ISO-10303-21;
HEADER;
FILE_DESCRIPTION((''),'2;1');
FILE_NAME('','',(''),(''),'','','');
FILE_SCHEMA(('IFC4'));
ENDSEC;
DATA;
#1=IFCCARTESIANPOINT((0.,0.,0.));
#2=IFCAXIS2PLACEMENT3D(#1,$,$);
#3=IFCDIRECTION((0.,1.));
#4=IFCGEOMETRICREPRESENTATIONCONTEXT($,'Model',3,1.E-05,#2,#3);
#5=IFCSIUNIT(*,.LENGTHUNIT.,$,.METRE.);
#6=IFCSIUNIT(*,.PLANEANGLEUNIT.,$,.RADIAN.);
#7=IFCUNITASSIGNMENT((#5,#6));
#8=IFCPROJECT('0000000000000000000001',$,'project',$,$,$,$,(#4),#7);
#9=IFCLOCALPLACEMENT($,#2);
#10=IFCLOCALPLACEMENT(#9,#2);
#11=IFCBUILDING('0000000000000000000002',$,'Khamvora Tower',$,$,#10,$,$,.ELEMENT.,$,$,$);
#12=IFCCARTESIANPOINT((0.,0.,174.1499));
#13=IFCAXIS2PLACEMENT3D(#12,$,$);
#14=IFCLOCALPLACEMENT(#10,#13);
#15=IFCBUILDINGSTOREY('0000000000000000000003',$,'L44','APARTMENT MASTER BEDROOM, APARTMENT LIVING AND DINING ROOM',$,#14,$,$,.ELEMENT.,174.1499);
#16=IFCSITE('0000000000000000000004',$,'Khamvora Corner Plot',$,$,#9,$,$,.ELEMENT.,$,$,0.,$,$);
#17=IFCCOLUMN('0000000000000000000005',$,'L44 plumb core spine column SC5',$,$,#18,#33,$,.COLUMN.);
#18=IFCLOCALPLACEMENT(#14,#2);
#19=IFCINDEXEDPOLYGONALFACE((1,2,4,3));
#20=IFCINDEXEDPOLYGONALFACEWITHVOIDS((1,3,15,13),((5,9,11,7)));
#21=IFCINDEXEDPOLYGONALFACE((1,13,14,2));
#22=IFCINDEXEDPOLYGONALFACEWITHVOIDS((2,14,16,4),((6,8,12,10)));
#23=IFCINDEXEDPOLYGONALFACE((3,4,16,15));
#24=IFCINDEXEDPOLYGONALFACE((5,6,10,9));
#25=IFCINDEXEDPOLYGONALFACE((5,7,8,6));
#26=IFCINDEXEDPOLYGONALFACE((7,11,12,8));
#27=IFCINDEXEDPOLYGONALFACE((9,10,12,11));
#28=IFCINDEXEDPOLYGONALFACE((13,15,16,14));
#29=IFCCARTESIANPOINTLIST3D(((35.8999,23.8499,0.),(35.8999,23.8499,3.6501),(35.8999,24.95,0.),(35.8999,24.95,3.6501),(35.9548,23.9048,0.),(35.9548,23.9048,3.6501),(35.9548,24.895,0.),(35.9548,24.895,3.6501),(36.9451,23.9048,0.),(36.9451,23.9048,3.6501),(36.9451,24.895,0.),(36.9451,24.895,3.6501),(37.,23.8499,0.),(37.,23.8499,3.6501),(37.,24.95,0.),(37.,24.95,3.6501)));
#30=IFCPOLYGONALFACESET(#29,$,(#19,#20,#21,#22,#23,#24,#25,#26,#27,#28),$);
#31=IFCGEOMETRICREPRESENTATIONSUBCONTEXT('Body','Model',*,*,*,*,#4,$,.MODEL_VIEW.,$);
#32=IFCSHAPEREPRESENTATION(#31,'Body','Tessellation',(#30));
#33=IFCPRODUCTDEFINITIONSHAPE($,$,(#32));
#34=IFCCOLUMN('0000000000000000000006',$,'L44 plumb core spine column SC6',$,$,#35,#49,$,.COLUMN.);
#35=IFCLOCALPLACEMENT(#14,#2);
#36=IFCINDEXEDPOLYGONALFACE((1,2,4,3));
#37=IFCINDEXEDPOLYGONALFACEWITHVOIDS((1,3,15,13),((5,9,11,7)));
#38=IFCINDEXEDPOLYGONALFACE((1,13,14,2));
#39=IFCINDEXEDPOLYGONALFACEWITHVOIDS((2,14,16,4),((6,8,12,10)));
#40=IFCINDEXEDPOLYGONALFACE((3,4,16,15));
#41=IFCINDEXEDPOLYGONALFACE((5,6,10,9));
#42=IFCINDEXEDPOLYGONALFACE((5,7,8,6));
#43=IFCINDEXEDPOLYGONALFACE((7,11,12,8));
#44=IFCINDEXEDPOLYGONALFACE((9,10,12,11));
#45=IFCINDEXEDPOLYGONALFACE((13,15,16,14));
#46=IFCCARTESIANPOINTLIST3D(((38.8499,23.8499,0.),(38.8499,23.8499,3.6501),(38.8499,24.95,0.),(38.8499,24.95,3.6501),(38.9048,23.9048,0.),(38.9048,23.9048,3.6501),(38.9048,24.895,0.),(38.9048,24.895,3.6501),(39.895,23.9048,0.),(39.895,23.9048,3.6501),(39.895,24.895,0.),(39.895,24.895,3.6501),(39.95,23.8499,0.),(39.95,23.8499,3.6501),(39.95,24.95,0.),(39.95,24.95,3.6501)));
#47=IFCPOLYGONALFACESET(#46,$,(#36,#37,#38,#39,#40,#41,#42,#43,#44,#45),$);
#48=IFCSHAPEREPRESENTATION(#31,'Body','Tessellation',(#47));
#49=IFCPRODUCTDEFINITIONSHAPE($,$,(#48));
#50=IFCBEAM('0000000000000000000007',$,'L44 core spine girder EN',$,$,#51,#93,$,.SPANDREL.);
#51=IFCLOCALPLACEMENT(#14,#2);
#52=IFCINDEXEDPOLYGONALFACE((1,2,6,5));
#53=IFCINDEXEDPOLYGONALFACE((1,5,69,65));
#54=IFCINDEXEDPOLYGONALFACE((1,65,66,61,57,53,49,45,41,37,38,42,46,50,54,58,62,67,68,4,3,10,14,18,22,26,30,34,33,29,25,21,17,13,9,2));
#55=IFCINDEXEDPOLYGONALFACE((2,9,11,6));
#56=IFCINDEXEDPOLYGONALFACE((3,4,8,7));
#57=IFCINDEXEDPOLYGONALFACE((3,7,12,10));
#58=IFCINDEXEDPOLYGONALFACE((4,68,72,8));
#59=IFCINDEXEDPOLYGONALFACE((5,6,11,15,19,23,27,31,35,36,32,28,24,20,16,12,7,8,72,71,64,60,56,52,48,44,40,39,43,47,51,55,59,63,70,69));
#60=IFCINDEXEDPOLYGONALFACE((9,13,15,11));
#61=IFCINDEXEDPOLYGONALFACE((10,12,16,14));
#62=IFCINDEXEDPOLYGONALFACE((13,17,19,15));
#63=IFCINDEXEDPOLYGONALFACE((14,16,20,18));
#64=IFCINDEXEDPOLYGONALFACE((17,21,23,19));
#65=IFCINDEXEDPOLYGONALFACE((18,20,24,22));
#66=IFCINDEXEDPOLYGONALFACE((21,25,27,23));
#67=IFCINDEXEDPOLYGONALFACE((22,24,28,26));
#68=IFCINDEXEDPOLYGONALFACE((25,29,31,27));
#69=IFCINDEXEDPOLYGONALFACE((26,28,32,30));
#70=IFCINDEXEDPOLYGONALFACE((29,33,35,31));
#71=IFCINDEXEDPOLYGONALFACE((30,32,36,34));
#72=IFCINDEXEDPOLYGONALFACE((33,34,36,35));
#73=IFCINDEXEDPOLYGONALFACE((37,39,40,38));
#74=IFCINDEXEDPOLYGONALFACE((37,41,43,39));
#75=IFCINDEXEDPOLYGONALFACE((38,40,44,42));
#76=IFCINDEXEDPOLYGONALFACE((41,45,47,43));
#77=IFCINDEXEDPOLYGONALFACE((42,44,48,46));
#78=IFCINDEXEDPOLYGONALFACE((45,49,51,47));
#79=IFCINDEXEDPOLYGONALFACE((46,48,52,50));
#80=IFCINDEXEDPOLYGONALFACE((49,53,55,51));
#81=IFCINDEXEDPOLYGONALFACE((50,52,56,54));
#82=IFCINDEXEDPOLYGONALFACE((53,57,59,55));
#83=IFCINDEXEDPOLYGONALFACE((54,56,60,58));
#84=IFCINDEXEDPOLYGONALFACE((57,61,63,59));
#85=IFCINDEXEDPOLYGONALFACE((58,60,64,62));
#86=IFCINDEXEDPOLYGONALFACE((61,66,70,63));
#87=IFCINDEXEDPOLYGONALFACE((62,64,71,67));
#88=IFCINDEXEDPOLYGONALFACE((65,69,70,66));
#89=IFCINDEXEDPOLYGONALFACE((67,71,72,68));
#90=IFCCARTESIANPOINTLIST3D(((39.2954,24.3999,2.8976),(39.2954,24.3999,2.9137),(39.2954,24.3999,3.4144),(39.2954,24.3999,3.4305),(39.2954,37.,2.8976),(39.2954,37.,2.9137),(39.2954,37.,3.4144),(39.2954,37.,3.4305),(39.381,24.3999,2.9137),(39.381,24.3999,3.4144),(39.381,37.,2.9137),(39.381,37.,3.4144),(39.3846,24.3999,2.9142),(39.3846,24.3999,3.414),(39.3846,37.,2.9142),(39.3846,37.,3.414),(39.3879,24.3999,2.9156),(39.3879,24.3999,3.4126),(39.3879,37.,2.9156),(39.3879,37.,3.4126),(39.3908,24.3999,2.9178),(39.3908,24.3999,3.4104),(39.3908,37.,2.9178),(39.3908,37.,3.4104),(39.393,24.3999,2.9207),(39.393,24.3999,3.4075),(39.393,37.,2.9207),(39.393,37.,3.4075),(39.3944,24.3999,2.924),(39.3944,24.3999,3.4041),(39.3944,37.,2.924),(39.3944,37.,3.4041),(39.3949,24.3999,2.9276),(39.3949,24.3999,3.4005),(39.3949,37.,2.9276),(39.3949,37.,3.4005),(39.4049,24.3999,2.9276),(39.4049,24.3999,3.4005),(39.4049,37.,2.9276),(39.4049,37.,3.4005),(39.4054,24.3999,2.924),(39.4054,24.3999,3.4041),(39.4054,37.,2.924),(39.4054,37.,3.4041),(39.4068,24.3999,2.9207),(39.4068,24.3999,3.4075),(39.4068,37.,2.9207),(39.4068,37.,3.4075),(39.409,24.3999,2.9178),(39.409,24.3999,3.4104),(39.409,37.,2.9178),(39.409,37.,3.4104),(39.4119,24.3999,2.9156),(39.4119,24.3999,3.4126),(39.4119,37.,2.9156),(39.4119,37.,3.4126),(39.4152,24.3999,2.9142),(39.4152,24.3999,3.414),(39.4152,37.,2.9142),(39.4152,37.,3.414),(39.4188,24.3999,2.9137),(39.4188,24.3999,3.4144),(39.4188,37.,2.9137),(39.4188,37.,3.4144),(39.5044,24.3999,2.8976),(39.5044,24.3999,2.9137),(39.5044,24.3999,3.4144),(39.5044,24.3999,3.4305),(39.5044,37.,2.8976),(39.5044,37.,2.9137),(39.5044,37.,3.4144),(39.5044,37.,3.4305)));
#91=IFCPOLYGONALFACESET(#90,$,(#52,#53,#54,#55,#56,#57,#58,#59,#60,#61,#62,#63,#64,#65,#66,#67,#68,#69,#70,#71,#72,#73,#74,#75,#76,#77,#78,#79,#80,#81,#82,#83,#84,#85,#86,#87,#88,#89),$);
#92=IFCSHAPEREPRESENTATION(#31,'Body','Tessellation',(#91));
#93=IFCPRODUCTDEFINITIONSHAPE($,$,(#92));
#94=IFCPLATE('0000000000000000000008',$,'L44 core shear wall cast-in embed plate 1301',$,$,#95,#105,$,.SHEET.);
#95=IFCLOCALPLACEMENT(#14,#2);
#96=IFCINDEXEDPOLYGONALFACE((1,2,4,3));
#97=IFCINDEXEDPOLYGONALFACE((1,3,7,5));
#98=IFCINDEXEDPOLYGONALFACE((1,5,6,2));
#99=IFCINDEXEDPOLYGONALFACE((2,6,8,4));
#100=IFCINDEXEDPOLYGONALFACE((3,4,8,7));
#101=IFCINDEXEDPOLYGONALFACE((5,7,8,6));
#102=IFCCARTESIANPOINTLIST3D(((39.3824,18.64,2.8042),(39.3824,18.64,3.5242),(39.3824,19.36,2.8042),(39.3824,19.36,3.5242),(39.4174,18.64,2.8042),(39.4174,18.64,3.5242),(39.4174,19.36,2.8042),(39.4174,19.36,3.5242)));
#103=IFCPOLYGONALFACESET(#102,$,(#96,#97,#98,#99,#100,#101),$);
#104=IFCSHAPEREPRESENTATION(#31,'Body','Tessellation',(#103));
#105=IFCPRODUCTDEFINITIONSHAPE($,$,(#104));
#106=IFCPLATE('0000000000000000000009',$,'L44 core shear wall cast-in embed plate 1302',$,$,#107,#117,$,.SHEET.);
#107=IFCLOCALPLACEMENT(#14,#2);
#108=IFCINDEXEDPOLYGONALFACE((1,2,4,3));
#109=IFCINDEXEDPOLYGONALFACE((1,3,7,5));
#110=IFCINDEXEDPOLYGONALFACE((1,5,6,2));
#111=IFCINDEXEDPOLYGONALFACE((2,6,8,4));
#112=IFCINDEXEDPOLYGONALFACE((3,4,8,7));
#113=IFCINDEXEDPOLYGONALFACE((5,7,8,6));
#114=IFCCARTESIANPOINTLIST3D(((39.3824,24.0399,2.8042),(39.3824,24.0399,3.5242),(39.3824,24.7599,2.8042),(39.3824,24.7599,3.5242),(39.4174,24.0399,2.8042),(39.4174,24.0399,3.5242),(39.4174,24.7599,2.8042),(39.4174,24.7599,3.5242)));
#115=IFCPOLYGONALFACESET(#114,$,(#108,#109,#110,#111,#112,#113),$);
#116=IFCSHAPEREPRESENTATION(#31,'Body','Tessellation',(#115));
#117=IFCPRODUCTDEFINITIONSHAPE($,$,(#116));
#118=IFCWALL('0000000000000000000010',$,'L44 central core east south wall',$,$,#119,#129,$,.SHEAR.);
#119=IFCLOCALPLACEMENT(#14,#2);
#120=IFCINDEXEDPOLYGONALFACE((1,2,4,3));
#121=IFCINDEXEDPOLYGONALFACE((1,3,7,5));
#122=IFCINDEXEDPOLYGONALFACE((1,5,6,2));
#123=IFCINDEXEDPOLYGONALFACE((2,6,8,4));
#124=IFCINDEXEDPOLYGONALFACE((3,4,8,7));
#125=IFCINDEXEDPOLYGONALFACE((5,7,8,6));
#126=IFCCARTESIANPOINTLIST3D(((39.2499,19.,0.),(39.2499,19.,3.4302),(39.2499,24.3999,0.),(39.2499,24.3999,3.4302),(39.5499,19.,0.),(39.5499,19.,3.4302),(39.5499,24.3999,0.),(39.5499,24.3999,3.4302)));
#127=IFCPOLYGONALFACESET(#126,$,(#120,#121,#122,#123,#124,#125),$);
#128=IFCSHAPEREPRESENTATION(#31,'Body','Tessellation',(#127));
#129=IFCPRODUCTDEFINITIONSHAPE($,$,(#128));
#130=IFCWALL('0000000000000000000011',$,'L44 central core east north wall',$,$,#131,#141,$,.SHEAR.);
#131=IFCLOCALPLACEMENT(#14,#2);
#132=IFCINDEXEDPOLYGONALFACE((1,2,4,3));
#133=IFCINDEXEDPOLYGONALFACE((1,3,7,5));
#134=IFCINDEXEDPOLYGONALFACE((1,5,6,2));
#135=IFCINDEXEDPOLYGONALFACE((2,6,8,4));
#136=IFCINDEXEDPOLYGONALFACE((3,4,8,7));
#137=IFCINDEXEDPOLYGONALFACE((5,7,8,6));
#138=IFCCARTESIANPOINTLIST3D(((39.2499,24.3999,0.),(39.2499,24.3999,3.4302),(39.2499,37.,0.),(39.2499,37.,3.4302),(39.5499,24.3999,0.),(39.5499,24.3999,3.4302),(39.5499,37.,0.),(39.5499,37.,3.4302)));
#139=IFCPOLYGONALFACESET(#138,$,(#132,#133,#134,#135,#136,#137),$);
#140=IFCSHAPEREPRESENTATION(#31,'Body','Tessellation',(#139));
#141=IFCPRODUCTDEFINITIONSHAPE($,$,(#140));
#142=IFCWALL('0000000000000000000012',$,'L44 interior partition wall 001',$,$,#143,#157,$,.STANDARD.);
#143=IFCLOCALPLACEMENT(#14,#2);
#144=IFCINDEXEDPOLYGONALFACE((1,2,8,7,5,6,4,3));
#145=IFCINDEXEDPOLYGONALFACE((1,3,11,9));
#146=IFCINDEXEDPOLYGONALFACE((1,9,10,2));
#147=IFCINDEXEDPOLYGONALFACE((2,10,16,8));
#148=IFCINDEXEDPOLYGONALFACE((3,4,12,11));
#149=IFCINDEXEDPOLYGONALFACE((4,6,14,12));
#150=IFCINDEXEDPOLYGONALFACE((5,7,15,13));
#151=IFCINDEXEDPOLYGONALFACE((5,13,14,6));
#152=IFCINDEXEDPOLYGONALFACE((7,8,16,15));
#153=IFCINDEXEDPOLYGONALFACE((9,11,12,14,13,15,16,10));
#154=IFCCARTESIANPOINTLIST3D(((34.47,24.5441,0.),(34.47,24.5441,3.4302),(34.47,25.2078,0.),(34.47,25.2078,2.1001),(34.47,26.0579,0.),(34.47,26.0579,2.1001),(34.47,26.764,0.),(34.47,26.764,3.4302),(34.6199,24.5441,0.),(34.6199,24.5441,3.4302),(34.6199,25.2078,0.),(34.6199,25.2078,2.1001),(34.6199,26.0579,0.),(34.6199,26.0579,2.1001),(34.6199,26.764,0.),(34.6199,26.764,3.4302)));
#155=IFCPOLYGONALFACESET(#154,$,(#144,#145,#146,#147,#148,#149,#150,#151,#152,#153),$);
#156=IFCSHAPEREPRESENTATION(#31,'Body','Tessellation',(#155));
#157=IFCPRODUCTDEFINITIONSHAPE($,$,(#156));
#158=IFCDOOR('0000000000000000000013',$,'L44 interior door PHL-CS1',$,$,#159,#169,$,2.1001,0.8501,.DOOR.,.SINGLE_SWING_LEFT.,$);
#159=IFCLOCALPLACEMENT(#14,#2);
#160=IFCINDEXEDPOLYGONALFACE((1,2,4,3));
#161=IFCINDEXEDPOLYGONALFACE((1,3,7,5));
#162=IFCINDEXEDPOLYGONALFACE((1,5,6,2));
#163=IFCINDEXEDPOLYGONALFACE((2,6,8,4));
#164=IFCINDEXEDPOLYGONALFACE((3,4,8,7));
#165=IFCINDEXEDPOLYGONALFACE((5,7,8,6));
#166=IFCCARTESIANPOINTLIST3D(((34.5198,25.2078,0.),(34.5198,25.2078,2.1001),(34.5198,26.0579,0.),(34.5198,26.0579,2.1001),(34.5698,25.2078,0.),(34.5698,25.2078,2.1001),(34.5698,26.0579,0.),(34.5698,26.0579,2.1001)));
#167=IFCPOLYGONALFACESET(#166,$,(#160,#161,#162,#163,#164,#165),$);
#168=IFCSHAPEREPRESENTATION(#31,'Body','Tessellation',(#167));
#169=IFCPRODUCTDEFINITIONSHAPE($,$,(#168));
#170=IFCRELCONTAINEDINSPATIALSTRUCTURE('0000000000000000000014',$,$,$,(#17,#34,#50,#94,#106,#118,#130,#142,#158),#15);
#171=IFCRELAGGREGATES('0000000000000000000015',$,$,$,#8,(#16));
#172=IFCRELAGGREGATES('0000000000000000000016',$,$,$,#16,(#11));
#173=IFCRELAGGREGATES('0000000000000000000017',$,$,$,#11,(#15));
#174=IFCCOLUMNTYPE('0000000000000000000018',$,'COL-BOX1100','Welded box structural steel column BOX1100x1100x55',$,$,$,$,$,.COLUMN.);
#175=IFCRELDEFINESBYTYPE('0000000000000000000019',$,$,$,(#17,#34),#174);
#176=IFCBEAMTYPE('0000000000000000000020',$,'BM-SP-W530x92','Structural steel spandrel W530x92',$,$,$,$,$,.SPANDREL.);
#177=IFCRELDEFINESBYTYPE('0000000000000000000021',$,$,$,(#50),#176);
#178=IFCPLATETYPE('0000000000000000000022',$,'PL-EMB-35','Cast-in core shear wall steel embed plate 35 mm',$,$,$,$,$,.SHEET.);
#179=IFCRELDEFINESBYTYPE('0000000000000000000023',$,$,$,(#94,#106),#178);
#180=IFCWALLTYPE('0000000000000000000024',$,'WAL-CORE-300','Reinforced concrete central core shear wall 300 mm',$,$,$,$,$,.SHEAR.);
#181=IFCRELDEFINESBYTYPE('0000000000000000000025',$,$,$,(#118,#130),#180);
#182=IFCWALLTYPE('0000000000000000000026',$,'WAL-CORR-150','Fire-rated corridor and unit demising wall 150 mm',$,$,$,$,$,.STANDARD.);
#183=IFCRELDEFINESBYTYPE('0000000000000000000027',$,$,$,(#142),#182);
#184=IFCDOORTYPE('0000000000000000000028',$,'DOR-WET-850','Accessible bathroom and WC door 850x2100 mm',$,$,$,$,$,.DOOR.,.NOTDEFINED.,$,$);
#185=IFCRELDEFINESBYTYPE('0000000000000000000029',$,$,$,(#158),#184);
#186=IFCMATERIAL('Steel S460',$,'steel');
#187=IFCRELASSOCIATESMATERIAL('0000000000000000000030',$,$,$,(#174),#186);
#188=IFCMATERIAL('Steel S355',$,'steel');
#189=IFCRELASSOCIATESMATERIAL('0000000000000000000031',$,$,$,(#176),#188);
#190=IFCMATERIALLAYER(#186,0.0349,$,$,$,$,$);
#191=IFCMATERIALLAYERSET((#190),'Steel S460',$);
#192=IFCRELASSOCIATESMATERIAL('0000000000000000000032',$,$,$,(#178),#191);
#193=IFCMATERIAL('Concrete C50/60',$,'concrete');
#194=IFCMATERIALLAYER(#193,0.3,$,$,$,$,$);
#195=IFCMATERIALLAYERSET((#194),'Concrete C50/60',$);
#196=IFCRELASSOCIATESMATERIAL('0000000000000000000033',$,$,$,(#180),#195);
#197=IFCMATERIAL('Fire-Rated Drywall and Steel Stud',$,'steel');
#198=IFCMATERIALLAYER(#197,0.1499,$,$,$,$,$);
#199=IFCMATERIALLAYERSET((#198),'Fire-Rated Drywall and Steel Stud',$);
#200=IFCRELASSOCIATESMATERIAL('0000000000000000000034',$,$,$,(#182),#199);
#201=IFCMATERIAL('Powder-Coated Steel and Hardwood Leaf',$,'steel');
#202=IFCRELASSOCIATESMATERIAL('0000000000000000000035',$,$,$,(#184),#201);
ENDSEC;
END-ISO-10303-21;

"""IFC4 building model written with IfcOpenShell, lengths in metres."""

from ifc_helpers import new_model, si_unit, direction, frame, frame_2d, origin, origin_2d, place, context, subcontext, project, spatial, rectangle, hollow_rectangle, i_section, extrude, material, layer, layer_set, material_profile, profile_set, type_object, element, fill, save


model = new_model("IFC4")

# Units and contexts
model_context = context("Model", 3, precision=1e-05, world=origin(), true_north=direction((0.0, 1.0)))
body_context = subcontext(model_context, "Body", "Model", "MODEL_VIEW")
ifc_project = project(units=[si_unit("LENGTHUNIT", "METRE"), si_unit("PLANEANGLEUNIT", "RADIAN")], contexts=[model_context])

# Site, building, storey
site_placement = place(None, origin())
site = spatial("IfcSite", under=ifc_project, at=site_placement, Name="Khamvora Corner Plot", CompositionType="ELEMENT", RefElevation=0.0)
building_placement = place(site_placement, origin())
building = spatial("IfcBuilding", under=site, at=building_placement, Name="Khamvora Tower", CompositionType="ELEMENT")
storey_placement = place(building_placement, frame((0.0, 0.0, 174.1499)))
storey = spatial("IfcBuildingStorey", under=building, at=storey_placement, Name="L44", Description="APARTMENT MASTER BEDROOM, APARTMENT LIVING AND DINING ROOM", CompositionType="ELEMENT", Elevation=174.1499)

# Columns
ifc_material_1 = material(Name="Steel S460", Category="steel")
ifc_material_profile_1 = material_profile(ifc_material_1, hollow_rectangle(XDim=1.1001, YDim=1.1001, WallThickness=0.0549, at=origin_2d()), Name="BOX1100x1100x55")
ifc_profile_set_1 = profile_set([ifc_material_profile_1], Name="Steel S460")
column_type = type_object("IfcColumnType", Name="COL-BOX1100", Description="Welded box structural steel column BOX1100x1100x55", PredefinedType="COLUMN", material=ifc_profile_set_1)
for number, where, z_axis, x_axis, name in (
    (1, (36.45, 24.3999, 0.0), (0.0, 0.0, 1.0), (1.0, 0.0, 0.0), "L44 plumb core spine column SC5"),
    (2, (39.3999, 24.3999, 0.0), (0.0, 0.0, 1.0), (1.0, 0.0, 0.0), "L44 plumb core spine column SC6"),
):
    element("IfcColumn", number, at=place(storey_placement, frame(where, z_axis=z_axis, x_axis=x_axis)), inside=storey, type_object=column_type, Name=name, PredefinedType="COLUMN", context=body_context, shape_type="SweptSolid", body=[
        extrude(hollow_rectangle(XDim=1.1001, YDim=1.1001, WallThickness=0.0549, at=origin_2d()), origin(), (0.0, 0.0, 1.0), 3.6501),
    ])

# Beam
ifc_material_2 = material(Name="Steel S355", Category="steel")
ifc_material_profile_2 = material_profile(ifc_material_2, i_section(OverallWidth=0.209, OverallDepth=0.533, WebThickness=0.01, FlangeThickness=0.0161, FilletRadius=0.0139, at=origin_2d()), Name="W530x92")
ifc_profile_set_2 = profile_set([ifc_material_profile_2], Name="Steel S355")
beam_type = type_object("IfcBeamType", Name="BM-SP-W530x92", Description="Structural steel spandrel W530x92", PredefinedType="SPANDREL", material=ifc_profile_set_2)
beam_placement = place(storey_placement, frame((39.3999, 24.3999, 3.1641), z_axis=(0.0, 1.0, 0.0), x_axis=(-1.0, 0.0, 0.0)))
element("IfcBeam", 3, at=beam_placement, inside=storey, type_object=beam_type, Name="L44 core spine girder EN", PredefinedType="SPANDREL", context=body_context, shape_type="SweptSolid", body=[
    extrude(i_section(OverallWidth=0.209, OverallDepth=0.533, WebThickness=0.01, FlangeThickness=0.0161, FilletRadius=0.0139, at=origin_2d()), origin(), (0.0, 0.0, 1.0), 12.6001),
])

# Plates
ifc_layer_1 = layer(ifc_material_1, 0.0349)
ifc_layer_set_1 = layer_set([ifc_layer_1], Name="Steel S460")
plate_type = type_object("IfcPlateType", Name="PL-EMB-35", Description="Cast-in core shear wall steel embed plate 35 mm", PredefinedType="SHEET", material=ifc_layer_set_1)
for number, where, z_axis, x_axis, name in (
    (4, (39.3999, 19.0, 2.8042), (0.0, 0.0, 1.0), (1.0, 0.0, 0.0), "L44 core shear wall cast-in embed plate 1301"),
    (5, (39.3999, 24.3999, 2.8042), (0.0, 0.0, 1.0), (1.0, 0.0, 0.0), "L44 core shear wall cast-in embed plate 1302"),
):
    element("IfcPlate", number, at=place(storey_placement, frame(where, z_axis=z_axis, x_axis=x_axis)), inside=storey, type_object=plate_type, Name=name, PredefinedType="SHEET", context=body_context, shape_type="SweptSolid", body=[
        extrude(rectangle(XDim=0.0349, YDim=0.72, at=origin_2d()), origin(), (0.0, 0.0, 1.0), 0.72),
    ])

# Walls
ifc_material_3 = material(Name="Concrete C50/60", Category="concrete")
ifc_layer_2 = layer(ifc_material_3, 0.3)
ifc_layer_set_2 = layer_set([ifc_layer_2], Name="Concrete C50/60")
wall_type_1 = type_object("IfcWallType", Name="WAL-CORE-300", Description="Reinforced concrete central core shear wall 300 mm", PredefinedType="SHEAR", material=ifc_layer_set_2)
wall_1_placement = place(storey_placement, frame((39.3999, 19.0, 0.0), z_axis=(0.0, 0.0, 1.0), x_axis=(0.0, 1.0, 0.0)))
element("IfcWall", 6, at=wall_1_placement, inside=storey, type_object=wall_type_1, Name="L44 central core east south wall", PredefinedType="SHEAR", context=body_context, shape_type="SweptSolid", body=[
    extrude(rectangle(XDim=5.3999, YDim=0.3, at=frame_2d((2.7, 0.0))), origin(), (0.0, 0.0, 1.0), 3.4302),
])
wall_2_placement = place(storey_placement, frame((39.3999, 24.3999, 0.0), z_axis=(0.0, 0.0, 1.0), x_axis=(0.0, 1.0, 0.0)))
element("IfcWall", 7, at=wall_2_placement, inside=storey, type_object=wall_type_1, Name="L44 central core east north wall", PredefinedType="SHEAR", context=body_context, shape_type="SweptSolid", body=[
    extrude(rectangle(XDim=12.6001, YDim=0.3, at=frame_2d((6.3, 0.0))), origin(), (0.0, 0.0, 1.0), 3.4302),
])

# Shared definitions
ifc_material_4 = material(Name="Powder-Coated Steel and Hardwood Leaf", Category="steel")

# Wall, opening, door
ifc_material_5 = material(Name="Fire-Rated Drywall and Steel Stud", Category="steel")
ifc_layer_3 = layer(ifc_material_5, 0.1499)
ifc_layer_set_3 = layer_set([ifc_layer_3], Name="Fire-Rated Drywall and Steel Stud")
wall_type_2 = type_object("IfcWallType", Name="WAL-CORR-150", Description="Fire-rated corridor and unit demising wall 150 mm", PredefinedType="STANDARD", material=ifc_layer_set_3)
wall_3_placement = place(storey_placement, frame((34.5449, 26.7639, 0.0), z_axis=(0.0, 0.0, 1.0), x_axis=(0.0, -1.0, 0.0)))
wall_3 = element("IfcWall", 8, at=wall_3_placement, inside=storey, type_object=wall_type_2, Name="L44 interior partition wall 001", PredefinedType="STANDARD", context=body_context, shape_type="SweptSolid", body=[
    extrude(rectangle(XDim=2.22, YDim=0.1499, at=frame_2d((1.1099, 0.0))), origin(), (0.0, 0.0, 1.0), 3.4302),
])
opening_1_placement = place(wall_3_placement, frame((0.7061, 0.0, 0.0)))
opening_1 = element("IfcOpeningElement", 9, at=opening_1_placement, cuts=wall_3, PredefinedType="OPENING", context=body_context, shape_type="SweptSolid", body=[
    extrude(rectangle(XDim=0.8501, YDim=2.1001, at=frame_2d((0.425, 1.05))), frame((0.0, 0.085, 0.0), z_axis=(0.0, -1.0, 0.0), x_axis=(1.0, 0.0, 0.0)), (0.0, 0.0, 1.0), 0.1699),
])
door_type_1 = type_object("IfcDoorType", Name="DOR-WET-850", Description="Accessible bathroom and WC door 850x2100 mm", OperationType="NOTDEFINED", PredefinedType="DOOR", material=ifc_material_4)
door_1_placement = place(opening_1_placement, origin())
door_1 = element("IfcDoor", 10, at=door_1_placement, inside=storey, type_object=door_type_1, Name="L44 interior door PHL-CS1", OperationType="SINGLE_SWING_LEFT", OverallHeight=2.1001, OverallWidth=0.8501, PredefinedType="DOOR", context=body_context, shape_type="SweptSolid", body=[
    extrude(rectangle(XDim=0.8501, YDim=2.1001, at=frame_2d((0.425, 1.05))), frame((0.0, 0.0249, 0.0), z_axis=(0.0, -1.0, 0.0), x_axis=(1.0, 0.0, 0.0)), (0.0, 0.0, 1.0), 0.05),
])
fill(opening_1, door_1)

save(model, "model.ifc")
